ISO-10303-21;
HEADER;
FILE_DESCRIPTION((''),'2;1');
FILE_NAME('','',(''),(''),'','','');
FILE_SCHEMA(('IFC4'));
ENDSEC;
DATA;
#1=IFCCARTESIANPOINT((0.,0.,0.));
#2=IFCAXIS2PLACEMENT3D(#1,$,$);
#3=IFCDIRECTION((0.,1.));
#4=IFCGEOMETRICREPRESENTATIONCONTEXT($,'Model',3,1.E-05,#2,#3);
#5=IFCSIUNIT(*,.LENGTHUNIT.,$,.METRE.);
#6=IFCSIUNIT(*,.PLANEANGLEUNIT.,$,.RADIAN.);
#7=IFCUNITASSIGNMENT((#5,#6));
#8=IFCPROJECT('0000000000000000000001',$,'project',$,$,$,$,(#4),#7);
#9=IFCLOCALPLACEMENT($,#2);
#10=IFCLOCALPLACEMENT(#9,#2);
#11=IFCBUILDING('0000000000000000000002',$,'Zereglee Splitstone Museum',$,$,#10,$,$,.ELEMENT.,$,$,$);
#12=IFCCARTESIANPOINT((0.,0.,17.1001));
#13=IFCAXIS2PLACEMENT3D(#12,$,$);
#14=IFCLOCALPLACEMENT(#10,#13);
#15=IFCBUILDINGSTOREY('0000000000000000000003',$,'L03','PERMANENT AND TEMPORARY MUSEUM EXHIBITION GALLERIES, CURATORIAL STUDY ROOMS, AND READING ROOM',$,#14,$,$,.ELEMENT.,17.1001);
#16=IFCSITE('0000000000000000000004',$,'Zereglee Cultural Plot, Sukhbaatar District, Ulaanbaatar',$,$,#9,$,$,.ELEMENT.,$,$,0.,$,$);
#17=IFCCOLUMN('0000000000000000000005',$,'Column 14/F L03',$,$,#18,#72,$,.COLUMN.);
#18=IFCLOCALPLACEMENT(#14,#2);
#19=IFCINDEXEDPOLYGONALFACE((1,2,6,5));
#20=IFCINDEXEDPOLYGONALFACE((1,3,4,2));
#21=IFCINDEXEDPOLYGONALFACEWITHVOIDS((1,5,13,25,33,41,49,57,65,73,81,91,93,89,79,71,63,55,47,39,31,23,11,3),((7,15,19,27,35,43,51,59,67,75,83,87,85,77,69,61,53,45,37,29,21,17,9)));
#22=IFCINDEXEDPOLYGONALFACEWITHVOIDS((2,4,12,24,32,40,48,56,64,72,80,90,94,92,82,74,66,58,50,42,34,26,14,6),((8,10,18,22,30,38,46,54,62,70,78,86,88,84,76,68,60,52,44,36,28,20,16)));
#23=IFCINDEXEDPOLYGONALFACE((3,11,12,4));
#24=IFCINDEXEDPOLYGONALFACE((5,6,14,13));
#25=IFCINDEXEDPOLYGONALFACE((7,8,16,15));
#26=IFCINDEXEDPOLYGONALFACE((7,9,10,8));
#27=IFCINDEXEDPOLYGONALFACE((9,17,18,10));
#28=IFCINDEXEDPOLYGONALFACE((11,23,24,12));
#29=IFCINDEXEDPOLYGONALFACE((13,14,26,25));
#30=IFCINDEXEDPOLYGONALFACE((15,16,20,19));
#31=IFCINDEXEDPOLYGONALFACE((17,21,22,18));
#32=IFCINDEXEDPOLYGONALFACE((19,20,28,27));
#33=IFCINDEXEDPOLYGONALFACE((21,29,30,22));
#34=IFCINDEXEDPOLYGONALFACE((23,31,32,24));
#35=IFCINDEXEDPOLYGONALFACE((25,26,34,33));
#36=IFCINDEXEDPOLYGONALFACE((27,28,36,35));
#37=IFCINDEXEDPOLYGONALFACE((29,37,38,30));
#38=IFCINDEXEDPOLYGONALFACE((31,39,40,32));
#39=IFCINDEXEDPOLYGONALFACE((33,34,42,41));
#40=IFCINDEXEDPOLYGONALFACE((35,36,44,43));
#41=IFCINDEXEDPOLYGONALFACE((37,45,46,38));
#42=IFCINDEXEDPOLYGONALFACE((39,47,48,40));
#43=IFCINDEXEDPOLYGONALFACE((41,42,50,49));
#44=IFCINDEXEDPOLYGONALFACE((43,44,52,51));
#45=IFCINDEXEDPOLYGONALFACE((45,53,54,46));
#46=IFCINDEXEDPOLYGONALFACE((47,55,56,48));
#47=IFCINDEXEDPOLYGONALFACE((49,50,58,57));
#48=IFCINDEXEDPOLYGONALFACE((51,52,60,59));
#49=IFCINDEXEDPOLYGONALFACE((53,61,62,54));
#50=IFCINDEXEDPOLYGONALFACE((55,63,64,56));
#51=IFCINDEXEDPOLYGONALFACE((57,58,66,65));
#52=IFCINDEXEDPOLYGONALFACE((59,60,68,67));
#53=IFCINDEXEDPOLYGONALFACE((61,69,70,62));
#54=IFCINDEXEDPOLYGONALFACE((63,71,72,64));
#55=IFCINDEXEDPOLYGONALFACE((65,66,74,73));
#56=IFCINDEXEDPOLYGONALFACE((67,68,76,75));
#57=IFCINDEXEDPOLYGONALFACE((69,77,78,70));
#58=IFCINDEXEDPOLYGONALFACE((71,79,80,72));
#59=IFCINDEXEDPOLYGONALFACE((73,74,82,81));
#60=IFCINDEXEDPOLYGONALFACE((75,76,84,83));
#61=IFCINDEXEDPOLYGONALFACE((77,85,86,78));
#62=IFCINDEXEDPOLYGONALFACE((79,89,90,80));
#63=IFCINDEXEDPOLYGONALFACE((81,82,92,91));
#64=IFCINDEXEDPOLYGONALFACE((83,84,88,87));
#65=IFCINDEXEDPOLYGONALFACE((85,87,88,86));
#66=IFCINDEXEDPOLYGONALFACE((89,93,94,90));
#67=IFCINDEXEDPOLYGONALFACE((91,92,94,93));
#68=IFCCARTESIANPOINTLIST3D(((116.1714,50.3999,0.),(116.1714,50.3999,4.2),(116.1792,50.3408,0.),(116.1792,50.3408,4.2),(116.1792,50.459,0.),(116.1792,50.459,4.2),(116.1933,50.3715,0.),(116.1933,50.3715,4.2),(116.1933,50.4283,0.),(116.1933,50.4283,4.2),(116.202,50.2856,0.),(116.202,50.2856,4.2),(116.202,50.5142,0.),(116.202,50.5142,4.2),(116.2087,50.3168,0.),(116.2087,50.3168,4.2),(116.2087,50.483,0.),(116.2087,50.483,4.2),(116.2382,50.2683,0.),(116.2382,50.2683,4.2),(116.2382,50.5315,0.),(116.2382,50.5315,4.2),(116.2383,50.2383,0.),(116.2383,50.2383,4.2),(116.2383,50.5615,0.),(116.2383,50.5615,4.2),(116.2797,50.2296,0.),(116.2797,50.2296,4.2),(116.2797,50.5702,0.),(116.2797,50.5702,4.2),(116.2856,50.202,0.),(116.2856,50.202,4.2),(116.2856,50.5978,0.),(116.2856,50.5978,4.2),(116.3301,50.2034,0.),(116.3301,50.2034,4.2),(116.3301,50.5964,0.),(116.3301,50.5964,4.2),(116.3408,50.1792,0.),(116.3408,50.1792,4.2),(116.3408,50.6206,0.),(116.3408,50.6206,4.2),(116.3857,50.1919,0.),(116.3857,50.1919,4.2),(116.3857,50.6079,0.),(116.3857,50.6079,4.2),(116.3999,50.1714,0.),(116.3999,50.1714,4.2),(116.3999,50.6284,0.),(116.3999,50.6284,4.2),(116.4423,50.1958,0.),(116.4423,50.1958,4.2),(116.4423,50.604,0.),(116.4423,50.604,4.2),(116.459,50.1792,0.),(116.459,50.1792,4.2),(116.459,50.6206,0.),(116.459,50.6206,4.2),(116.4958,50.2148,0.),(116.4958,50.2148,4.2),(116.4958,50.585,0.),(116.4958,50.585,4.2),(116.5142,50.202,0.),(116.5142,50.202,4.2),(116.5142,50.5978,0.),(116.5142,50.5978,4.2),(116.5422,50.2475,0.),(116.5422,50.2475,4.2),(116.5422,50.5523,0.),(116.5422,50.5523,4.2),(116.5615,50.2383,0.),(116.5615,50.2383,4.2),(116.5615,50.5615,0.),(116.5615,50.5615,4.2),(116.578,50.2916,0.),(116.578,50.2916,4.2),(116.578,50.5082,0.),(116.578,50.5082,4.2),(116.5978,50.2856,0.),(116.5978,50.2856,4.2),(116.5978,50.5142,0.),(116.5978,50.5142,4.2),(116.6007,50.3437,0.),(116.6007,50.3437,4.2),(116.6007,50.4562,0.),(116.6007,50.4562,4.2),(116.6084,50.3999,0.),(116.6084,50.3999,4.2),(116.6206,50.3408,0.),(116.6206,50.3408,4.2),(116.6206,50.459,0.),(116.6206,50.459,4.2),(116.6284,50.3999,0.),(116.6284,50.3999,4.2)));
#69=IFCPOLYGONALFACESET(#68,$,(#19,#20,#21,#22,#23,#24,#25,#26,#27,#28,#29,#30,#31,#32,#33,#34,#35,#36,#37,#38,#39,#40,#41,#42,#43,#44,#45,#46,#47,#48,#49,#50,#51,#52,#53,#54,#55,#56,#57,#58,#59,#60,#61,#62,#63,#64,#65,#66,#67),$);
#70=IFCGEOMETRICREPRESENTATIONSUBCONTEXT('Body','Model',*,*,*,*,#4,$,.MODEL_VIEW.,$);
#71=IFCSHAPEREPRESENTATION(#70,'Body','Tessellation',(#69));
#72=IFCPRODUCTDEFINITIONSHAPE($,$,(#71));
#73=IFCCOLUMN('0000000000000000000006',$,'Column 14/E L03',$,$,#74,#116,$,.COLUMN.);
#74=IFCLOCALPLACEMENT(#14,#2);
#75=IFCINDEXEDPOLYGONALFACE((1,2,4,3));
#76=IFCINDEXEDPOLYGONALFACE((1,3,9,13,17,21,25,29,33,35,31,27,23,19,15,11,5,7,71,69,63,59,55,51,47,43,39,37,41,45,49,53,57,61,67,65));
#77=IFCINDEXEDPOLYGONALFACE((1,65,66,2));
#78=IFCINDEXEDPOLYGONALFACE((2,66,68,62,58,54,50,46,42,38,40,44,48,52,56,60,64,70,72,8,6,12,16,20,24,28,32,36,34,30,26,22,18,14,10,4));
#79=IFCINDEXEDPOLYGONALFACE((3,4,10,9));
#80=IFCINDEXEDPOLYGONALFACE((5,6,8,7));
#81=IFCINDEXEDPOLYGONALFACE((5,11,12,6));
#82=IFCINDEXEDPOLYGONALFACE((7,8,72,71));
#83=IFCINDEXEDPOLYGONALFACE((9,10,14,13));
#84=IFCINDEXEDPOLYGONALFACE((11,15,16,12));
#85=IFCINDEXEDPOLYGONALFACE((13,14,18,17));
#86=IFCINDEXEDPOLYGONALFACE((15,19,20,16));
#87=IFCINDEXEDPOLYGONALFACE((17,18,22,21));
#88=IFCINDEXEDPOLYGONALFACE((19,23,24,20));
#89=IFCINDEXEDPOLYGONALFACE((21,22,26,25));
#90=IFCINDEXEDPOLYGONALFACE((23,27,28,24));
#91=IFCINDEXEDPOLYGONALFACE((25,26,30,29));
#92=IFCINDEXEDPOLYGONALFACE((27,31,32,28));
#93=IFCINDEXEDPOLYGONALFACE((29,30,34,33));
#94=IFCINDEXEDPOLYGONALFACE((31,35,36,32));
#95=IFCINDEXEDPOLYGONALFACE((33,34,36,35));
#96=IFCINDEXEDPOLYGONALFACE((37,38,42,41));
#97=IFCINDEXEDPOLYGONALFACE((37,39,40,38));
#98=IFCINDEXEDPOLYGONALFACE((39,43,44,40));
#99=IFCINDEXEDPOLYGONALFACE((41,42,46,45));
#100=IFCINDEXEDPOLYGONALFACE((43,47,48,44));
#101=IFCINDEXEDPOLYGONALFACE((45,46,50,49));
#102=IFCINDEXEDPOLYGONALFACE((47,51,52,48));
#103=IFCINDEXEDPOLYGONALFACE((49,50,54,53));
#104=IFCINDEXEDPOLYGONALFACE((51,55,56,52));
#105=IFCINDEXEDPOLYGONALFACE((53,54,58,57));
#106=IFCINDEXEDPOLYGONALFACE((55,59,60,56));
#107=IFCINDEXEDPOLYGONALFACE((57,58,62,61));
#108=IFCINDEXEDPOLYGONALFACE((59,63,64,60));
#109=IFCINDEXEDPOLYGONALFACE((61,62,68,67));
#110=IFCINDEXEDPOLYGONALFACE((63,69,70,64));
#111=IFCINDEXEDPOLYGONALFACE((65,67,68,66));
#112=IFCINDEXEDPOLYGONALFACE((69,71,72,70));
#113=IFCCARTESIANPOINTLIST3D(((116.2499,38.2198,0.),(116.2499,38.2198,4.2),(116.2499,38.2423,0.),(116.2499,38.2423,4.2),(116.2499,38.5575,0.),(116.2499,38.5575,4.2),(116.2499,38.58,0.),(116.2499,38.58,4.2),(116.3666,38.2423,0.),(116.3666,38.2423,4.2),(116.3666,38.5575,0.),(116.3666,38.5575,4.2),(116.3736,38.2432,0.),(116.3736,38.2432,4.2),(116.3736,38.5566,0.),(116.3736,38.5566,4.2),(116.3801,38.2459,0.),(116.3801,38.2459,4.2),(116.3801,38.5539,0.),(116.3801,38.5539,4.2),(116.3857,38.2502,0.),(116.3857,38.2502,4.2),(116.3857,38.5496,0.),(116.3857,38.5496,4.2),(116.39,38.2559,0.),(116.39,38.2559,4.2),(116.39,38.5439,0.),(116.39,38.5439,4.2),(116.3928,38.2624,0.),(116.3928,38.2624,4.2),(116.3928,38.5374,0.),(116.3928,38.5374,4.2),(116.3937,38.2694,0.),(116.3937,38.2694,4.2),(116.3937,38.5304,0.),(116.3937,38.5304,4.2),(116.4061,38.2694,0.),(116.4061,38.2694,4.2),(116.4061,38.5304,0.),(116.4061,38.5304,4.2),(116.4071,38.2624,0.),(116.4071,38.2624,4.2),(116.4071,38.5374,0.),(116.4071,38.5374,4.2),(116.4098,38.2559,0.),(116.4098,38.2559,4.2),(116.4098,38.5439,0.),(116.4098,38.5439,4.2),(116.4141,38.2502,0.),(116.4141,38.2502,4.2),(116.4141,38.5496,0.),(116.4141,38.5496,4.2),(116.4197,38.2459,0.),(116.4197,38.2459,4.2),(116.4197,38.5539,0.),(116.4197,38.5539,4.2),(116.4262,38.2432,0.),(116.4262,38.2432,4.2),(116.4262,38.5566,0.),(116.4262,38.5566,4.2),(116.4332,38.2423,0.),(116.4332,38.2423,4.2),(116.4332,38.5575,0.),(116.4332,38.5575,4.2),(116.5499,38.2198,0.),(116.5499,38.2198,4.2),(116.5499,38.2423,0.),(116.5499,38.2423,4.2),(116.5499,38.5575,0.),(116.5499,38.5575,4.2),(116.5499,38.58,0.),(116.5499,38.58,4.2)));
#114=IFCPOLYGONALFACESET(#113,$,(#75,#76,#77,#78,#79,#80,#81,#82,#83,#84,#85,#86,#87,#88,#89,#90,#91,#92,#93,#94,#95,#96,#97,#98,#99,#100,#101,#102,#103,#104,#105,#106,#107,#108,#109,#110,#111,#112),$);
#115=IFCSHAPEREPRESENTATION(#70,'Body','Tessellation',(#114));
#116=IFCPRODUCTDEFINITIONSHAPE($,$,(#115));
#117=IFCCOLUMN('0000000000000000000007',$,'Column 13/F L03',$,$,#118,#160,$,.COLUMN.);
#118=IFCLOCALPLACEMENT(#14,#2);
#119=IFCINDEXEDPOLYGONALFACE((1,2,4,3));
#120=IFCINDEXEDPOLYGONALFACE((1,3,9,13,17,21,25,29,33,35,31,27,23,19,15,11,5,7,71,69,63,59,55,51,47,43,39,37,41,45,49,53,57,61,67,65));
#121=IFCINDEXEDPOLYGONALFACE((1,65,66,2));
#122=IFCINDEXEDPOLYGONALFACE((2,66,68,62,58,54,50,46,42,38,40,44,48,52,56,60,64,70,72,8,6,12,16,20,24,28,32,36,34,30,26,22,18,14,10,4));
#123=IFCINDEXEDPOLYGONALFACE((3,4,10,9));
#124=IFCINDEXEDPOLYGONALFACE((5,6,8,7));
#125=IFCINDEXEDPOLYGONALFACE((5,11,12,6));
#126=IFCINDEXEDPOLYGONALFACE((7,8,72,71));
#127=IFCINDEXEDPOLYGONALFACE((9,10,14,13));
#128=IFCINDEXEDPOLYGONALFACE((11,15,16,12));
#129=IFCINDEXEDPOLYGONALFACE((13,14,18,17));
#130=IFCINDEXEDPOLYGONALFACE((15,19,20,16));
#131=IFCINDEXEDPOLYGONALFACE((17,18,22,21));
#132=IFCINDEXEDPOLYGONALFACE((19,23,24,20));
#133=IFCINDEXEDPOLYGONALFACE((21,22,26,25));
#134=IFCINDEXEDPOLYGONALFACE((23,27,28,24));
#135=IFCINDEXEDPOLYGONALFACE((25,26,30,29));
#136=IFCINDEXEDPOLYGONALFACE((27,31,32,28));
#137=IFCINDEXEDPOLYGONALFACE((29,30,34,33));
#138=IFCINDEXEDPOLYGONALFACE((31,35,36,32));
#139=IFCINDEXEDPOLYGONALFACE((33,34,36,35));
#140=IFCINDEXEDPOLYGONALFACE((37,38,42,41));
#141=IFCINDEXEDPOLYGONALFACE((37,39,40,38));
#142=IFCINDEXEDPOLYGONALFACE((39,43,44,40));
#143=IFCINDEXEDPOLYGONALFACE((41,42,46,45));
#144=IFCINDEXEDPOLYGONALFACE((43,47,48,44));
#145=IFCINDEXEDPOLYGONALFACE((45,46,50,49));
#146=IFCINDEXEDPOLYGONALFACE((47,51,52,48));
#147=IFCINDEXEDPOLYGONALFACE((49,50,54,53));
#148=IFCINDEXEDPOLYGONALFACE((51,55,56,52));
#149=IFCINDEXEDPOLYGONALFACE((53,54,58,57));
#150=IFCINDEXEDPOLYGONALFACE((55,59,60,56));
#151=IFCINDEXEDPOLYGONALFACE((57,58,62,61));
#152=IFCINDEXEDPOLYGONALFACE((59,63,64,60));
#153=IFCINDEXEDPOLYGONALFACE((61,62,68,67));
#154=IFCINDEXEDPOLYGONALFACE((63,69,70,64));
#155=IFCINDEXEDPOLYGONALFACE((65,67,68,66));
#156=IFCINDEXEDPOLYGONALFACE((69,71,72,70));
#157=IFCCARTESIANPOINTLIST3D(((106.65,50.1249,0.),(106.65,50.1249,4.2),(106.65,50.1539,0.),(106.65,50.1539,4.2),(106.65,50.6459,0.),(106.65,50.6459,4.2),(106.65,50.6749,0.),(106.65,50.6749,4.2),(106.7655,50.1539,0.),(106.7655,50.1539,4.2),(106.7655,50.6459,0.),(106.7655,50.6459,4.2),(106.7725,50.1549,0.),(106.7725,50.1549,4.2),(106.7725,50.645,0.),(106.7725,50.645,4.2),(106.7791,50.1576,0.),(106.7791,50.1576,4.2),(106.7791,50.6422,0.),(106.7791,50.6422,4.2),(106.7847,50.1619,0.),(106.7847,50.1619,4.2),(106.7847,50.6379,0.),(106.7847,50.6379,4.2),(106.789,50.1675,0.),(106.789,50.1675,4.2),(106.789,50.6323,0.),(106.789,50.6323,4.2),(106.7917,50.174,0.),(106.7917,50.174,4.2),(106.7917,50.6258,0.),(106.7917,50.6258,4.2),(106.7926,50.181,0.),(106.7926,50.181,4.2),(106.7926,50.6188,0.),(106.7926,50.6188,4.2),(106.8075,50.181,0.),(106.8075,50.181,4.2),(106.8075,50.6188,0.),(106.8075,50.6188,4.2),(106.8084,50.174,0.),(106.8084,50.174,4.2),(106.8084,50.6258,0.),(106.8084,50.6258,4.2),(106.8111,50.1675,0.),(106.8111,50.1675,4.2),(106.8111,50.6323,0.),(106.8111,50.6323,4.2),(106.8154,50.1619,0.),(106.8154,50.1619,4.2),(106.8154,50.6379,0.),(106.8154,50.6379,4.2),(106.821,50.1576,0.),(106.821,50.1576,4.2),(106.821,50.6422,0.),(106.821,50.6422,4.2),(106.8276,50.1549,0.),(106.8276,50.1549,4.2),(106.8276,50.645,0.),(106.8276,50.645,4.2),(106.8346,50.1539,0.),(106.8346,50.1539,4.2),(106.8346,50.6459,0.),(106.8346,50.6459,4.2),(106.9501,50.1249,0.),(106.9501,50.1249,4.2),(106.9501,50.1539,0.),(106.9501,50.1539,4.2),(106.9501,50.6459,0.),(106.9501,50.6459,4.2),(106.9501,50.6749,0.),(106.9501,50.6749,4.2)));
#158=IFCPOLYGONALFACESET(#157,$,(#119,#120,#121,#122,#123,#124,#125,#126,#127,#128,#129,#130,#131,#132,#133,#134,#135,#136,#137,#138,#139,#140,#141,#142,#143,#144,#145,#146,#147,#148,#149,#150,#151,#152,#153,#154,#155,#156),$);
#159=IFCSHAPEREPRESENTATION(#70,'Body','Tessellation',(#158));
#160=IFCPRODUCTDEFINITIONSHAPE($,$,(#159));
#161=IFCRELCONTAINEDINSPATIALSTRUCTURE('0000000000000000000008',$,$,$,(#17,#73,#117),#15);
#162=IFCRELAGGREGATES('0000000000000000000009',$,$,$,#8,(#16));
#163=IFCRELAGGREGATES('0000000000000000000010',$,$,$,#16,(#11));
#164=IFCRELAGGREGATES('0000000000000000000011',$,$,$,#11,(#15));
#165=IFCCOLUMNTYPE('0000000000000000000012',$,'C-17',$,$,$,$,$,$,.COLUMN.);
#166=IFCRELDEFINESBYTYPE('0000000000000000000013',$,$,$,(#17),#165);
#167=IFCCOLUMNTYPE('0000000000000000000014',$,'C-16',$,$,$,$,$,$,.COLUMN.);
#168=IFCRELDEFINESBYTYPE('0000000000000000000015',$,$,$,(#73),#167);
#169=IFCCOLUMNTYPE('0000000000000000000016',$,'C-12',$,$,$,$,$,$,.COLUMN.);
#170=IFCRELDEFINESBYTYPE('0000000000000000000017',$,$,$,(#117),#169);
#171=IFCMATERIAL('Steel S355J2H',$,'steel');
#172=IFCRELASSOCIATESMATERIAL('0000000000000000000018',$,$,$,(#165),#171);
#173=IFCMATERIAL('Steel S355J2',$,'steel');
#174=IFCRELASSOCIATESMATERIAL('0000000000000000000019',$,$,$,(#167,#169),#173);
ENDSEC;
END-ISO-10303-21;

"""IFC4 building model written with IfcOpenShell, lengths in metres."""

from ifc_helpers import new_model, si_unit, direction, frame, origin, origin_2d, place, context, subcontext, project, spatial, hollow_circle, i_section, extrude, material, material_profile, profile_set, type_object, element, save


model = new_model("IFC4")

# Units and contexts
model_context = context("Model", 3, precision=1e-05, world=origin(), true_north=direction((0.0, 1.0)))
body_context = subcontext(model_context, "Body", "Model", "MODEL_VIEW")
ifc_project = project(units=[si_unit("LENGTHUNIT", "METRE"), si_unit("PLANEANGLEUNIT", "RADIAN")], contexts=[model_context])

# Site, building, storey
site_placement = place(None, origin())
site = spatial("IfcSite", under=ifc_project, at=site_placement, Name="Zereglee Cultural Plot, Sukhbaatar District, Ulaanbaatar", CompositionType="ELEMENT", RefElevation=0.0)
building_placement = place(site_placement, origin())
building = spatial("IfcBuilding", under=site, at=building_placement, Name="Zereglee Splitstone Museum", CompositionType="ELEMENT")
storey_placement = place(building_placement, frame((0.0, 0.0, 17.1001)))
storey = spatial("IfcBuildingStorey", under=building, at=storey_placement, Name="L03", Description="PERMANENT AND TEMPORARY MUSEUM EXHIBITION GALLERIES, CURATORIAL STUDY ROOMS, AND READING ROOM", CompositionType="ELEMENT", Elevation=17.1001)

# Columns
ifc_material_1 = material(Name="Steel S355J2H", Category="steel")
ifc_material_profile_1 = material_profile(ifc_material_1, hollow_circle(Radius=0.2285, WallThickness=0.02, at=origin_2d()), Name="CHS 457.0x20")
ifc_profile_set_1 = profile_set([ifc_material_profile_1], Name="Steel S355J2H")
column_type_1 = type_object("IfcColumnType", Name="C-17", PredefinedType="COLUMN", material=ifc_profile_set_1)
column_1_placement = place(storey_placement, frame((116.3999, 50.3999, 0.0), z_axis=(0.0, 0.0, 1.0), x_axis=(1.0, 0.0, 0.0)))
element("IfcColumn", 1, at=column_1_placement, inside=storey, type_object=column_type_1, Name="Column 14/F L03", PredefinedType="COLUMN", context=body_context, shape_type="SweptSolid", body=[
    extrude(hollow_circle(Radius=0.2285, WallThickness=0.02, at=origin_2d()), origin(), (0.0, 0.0, 1.0), 4.2),
])
ifc_material_2 = material(Name="Steel S355J2", Category="steel")
ifc_material_profile_2 = material_profile(ifc_material_2, i_section(OverallWidth=0.3, OverallDepth=0.3601, WebThickness=0.0125, FlangeThickness=0.0225, FilletRadius=0.0271, at=origin_2d()), Name="HE 360 B")
ifc_profile_set_2 = profile_set([ifc_material_profile_2], Name="Steel S355J2")
column_type_2 = type_object("IfcColumnType", Name="C-16", PredefinedType="COLUMN", material=ifc_profile_set_2)
column_2_placement = place(storey_placement, frame((116.3999, 38.3999, 0.0), z_axis=(0.0, 0.0, 1.0), x_axis=(1.0, 0.0, 0.0)))
element("IfcColumn", 2, at=column_2_placement, inside=storey, type_object=column_type_2, Name="Column 14/E L03", PredefinedType="COLUMN", context=body_context, shape_type="SweptSolid", body=[
    extrude(i_section(OverallWidth=0.3, OverallDepth=0.3601, WebThickness=0.0125, FlangeThickness=0.0225, FilletRadius=0.0271, at=origin_2d()), origin(), (0.0, 0.0, 1.0), 4.2),
])
ifc_material_profile_3 = material_profile(ifc_material_2, i_section(OverallWidth=0.3, OverallDepth=0.55, WebThickness=0.0149, FlangeThickness=0.0291, FilletRadius=0.0271, at=origin_2d()), Name="HE 550 B")
ifc_profile_set_3 = profile_set([ifc_material_profile_3], Name="Steel S355J2")
column_type_3 = type_object("IfcColumnType", Name="C-12", PredefinedType="COLUMN", material=ifc_profile_set_3)
column_3_placement = place(storey_placement, frame((106.8, 50.3999, 0.0), z_axis=(0.0, 0.0, 1.0), x_axis=(1.0, 0.0, 0.0)))
element("IfcColumn", 3, at=column_3_placement, inside=storey, type_object=column_type_3, Name="Column 13/F L03", PredefinedType="COLUMN", context=body_context, shape_type="SweptSolid", body=[
    extrude(i_section(OverallWidth=0.3, OverallDepth=0.55, WebThickness=0.0149, FlangeThickness=0.0291, FilletRadius=0.0271, at=origin_2d()), origin(), (0.0, 0.0, 1.0), 4.2),
])

save(model, "model.ifc")
